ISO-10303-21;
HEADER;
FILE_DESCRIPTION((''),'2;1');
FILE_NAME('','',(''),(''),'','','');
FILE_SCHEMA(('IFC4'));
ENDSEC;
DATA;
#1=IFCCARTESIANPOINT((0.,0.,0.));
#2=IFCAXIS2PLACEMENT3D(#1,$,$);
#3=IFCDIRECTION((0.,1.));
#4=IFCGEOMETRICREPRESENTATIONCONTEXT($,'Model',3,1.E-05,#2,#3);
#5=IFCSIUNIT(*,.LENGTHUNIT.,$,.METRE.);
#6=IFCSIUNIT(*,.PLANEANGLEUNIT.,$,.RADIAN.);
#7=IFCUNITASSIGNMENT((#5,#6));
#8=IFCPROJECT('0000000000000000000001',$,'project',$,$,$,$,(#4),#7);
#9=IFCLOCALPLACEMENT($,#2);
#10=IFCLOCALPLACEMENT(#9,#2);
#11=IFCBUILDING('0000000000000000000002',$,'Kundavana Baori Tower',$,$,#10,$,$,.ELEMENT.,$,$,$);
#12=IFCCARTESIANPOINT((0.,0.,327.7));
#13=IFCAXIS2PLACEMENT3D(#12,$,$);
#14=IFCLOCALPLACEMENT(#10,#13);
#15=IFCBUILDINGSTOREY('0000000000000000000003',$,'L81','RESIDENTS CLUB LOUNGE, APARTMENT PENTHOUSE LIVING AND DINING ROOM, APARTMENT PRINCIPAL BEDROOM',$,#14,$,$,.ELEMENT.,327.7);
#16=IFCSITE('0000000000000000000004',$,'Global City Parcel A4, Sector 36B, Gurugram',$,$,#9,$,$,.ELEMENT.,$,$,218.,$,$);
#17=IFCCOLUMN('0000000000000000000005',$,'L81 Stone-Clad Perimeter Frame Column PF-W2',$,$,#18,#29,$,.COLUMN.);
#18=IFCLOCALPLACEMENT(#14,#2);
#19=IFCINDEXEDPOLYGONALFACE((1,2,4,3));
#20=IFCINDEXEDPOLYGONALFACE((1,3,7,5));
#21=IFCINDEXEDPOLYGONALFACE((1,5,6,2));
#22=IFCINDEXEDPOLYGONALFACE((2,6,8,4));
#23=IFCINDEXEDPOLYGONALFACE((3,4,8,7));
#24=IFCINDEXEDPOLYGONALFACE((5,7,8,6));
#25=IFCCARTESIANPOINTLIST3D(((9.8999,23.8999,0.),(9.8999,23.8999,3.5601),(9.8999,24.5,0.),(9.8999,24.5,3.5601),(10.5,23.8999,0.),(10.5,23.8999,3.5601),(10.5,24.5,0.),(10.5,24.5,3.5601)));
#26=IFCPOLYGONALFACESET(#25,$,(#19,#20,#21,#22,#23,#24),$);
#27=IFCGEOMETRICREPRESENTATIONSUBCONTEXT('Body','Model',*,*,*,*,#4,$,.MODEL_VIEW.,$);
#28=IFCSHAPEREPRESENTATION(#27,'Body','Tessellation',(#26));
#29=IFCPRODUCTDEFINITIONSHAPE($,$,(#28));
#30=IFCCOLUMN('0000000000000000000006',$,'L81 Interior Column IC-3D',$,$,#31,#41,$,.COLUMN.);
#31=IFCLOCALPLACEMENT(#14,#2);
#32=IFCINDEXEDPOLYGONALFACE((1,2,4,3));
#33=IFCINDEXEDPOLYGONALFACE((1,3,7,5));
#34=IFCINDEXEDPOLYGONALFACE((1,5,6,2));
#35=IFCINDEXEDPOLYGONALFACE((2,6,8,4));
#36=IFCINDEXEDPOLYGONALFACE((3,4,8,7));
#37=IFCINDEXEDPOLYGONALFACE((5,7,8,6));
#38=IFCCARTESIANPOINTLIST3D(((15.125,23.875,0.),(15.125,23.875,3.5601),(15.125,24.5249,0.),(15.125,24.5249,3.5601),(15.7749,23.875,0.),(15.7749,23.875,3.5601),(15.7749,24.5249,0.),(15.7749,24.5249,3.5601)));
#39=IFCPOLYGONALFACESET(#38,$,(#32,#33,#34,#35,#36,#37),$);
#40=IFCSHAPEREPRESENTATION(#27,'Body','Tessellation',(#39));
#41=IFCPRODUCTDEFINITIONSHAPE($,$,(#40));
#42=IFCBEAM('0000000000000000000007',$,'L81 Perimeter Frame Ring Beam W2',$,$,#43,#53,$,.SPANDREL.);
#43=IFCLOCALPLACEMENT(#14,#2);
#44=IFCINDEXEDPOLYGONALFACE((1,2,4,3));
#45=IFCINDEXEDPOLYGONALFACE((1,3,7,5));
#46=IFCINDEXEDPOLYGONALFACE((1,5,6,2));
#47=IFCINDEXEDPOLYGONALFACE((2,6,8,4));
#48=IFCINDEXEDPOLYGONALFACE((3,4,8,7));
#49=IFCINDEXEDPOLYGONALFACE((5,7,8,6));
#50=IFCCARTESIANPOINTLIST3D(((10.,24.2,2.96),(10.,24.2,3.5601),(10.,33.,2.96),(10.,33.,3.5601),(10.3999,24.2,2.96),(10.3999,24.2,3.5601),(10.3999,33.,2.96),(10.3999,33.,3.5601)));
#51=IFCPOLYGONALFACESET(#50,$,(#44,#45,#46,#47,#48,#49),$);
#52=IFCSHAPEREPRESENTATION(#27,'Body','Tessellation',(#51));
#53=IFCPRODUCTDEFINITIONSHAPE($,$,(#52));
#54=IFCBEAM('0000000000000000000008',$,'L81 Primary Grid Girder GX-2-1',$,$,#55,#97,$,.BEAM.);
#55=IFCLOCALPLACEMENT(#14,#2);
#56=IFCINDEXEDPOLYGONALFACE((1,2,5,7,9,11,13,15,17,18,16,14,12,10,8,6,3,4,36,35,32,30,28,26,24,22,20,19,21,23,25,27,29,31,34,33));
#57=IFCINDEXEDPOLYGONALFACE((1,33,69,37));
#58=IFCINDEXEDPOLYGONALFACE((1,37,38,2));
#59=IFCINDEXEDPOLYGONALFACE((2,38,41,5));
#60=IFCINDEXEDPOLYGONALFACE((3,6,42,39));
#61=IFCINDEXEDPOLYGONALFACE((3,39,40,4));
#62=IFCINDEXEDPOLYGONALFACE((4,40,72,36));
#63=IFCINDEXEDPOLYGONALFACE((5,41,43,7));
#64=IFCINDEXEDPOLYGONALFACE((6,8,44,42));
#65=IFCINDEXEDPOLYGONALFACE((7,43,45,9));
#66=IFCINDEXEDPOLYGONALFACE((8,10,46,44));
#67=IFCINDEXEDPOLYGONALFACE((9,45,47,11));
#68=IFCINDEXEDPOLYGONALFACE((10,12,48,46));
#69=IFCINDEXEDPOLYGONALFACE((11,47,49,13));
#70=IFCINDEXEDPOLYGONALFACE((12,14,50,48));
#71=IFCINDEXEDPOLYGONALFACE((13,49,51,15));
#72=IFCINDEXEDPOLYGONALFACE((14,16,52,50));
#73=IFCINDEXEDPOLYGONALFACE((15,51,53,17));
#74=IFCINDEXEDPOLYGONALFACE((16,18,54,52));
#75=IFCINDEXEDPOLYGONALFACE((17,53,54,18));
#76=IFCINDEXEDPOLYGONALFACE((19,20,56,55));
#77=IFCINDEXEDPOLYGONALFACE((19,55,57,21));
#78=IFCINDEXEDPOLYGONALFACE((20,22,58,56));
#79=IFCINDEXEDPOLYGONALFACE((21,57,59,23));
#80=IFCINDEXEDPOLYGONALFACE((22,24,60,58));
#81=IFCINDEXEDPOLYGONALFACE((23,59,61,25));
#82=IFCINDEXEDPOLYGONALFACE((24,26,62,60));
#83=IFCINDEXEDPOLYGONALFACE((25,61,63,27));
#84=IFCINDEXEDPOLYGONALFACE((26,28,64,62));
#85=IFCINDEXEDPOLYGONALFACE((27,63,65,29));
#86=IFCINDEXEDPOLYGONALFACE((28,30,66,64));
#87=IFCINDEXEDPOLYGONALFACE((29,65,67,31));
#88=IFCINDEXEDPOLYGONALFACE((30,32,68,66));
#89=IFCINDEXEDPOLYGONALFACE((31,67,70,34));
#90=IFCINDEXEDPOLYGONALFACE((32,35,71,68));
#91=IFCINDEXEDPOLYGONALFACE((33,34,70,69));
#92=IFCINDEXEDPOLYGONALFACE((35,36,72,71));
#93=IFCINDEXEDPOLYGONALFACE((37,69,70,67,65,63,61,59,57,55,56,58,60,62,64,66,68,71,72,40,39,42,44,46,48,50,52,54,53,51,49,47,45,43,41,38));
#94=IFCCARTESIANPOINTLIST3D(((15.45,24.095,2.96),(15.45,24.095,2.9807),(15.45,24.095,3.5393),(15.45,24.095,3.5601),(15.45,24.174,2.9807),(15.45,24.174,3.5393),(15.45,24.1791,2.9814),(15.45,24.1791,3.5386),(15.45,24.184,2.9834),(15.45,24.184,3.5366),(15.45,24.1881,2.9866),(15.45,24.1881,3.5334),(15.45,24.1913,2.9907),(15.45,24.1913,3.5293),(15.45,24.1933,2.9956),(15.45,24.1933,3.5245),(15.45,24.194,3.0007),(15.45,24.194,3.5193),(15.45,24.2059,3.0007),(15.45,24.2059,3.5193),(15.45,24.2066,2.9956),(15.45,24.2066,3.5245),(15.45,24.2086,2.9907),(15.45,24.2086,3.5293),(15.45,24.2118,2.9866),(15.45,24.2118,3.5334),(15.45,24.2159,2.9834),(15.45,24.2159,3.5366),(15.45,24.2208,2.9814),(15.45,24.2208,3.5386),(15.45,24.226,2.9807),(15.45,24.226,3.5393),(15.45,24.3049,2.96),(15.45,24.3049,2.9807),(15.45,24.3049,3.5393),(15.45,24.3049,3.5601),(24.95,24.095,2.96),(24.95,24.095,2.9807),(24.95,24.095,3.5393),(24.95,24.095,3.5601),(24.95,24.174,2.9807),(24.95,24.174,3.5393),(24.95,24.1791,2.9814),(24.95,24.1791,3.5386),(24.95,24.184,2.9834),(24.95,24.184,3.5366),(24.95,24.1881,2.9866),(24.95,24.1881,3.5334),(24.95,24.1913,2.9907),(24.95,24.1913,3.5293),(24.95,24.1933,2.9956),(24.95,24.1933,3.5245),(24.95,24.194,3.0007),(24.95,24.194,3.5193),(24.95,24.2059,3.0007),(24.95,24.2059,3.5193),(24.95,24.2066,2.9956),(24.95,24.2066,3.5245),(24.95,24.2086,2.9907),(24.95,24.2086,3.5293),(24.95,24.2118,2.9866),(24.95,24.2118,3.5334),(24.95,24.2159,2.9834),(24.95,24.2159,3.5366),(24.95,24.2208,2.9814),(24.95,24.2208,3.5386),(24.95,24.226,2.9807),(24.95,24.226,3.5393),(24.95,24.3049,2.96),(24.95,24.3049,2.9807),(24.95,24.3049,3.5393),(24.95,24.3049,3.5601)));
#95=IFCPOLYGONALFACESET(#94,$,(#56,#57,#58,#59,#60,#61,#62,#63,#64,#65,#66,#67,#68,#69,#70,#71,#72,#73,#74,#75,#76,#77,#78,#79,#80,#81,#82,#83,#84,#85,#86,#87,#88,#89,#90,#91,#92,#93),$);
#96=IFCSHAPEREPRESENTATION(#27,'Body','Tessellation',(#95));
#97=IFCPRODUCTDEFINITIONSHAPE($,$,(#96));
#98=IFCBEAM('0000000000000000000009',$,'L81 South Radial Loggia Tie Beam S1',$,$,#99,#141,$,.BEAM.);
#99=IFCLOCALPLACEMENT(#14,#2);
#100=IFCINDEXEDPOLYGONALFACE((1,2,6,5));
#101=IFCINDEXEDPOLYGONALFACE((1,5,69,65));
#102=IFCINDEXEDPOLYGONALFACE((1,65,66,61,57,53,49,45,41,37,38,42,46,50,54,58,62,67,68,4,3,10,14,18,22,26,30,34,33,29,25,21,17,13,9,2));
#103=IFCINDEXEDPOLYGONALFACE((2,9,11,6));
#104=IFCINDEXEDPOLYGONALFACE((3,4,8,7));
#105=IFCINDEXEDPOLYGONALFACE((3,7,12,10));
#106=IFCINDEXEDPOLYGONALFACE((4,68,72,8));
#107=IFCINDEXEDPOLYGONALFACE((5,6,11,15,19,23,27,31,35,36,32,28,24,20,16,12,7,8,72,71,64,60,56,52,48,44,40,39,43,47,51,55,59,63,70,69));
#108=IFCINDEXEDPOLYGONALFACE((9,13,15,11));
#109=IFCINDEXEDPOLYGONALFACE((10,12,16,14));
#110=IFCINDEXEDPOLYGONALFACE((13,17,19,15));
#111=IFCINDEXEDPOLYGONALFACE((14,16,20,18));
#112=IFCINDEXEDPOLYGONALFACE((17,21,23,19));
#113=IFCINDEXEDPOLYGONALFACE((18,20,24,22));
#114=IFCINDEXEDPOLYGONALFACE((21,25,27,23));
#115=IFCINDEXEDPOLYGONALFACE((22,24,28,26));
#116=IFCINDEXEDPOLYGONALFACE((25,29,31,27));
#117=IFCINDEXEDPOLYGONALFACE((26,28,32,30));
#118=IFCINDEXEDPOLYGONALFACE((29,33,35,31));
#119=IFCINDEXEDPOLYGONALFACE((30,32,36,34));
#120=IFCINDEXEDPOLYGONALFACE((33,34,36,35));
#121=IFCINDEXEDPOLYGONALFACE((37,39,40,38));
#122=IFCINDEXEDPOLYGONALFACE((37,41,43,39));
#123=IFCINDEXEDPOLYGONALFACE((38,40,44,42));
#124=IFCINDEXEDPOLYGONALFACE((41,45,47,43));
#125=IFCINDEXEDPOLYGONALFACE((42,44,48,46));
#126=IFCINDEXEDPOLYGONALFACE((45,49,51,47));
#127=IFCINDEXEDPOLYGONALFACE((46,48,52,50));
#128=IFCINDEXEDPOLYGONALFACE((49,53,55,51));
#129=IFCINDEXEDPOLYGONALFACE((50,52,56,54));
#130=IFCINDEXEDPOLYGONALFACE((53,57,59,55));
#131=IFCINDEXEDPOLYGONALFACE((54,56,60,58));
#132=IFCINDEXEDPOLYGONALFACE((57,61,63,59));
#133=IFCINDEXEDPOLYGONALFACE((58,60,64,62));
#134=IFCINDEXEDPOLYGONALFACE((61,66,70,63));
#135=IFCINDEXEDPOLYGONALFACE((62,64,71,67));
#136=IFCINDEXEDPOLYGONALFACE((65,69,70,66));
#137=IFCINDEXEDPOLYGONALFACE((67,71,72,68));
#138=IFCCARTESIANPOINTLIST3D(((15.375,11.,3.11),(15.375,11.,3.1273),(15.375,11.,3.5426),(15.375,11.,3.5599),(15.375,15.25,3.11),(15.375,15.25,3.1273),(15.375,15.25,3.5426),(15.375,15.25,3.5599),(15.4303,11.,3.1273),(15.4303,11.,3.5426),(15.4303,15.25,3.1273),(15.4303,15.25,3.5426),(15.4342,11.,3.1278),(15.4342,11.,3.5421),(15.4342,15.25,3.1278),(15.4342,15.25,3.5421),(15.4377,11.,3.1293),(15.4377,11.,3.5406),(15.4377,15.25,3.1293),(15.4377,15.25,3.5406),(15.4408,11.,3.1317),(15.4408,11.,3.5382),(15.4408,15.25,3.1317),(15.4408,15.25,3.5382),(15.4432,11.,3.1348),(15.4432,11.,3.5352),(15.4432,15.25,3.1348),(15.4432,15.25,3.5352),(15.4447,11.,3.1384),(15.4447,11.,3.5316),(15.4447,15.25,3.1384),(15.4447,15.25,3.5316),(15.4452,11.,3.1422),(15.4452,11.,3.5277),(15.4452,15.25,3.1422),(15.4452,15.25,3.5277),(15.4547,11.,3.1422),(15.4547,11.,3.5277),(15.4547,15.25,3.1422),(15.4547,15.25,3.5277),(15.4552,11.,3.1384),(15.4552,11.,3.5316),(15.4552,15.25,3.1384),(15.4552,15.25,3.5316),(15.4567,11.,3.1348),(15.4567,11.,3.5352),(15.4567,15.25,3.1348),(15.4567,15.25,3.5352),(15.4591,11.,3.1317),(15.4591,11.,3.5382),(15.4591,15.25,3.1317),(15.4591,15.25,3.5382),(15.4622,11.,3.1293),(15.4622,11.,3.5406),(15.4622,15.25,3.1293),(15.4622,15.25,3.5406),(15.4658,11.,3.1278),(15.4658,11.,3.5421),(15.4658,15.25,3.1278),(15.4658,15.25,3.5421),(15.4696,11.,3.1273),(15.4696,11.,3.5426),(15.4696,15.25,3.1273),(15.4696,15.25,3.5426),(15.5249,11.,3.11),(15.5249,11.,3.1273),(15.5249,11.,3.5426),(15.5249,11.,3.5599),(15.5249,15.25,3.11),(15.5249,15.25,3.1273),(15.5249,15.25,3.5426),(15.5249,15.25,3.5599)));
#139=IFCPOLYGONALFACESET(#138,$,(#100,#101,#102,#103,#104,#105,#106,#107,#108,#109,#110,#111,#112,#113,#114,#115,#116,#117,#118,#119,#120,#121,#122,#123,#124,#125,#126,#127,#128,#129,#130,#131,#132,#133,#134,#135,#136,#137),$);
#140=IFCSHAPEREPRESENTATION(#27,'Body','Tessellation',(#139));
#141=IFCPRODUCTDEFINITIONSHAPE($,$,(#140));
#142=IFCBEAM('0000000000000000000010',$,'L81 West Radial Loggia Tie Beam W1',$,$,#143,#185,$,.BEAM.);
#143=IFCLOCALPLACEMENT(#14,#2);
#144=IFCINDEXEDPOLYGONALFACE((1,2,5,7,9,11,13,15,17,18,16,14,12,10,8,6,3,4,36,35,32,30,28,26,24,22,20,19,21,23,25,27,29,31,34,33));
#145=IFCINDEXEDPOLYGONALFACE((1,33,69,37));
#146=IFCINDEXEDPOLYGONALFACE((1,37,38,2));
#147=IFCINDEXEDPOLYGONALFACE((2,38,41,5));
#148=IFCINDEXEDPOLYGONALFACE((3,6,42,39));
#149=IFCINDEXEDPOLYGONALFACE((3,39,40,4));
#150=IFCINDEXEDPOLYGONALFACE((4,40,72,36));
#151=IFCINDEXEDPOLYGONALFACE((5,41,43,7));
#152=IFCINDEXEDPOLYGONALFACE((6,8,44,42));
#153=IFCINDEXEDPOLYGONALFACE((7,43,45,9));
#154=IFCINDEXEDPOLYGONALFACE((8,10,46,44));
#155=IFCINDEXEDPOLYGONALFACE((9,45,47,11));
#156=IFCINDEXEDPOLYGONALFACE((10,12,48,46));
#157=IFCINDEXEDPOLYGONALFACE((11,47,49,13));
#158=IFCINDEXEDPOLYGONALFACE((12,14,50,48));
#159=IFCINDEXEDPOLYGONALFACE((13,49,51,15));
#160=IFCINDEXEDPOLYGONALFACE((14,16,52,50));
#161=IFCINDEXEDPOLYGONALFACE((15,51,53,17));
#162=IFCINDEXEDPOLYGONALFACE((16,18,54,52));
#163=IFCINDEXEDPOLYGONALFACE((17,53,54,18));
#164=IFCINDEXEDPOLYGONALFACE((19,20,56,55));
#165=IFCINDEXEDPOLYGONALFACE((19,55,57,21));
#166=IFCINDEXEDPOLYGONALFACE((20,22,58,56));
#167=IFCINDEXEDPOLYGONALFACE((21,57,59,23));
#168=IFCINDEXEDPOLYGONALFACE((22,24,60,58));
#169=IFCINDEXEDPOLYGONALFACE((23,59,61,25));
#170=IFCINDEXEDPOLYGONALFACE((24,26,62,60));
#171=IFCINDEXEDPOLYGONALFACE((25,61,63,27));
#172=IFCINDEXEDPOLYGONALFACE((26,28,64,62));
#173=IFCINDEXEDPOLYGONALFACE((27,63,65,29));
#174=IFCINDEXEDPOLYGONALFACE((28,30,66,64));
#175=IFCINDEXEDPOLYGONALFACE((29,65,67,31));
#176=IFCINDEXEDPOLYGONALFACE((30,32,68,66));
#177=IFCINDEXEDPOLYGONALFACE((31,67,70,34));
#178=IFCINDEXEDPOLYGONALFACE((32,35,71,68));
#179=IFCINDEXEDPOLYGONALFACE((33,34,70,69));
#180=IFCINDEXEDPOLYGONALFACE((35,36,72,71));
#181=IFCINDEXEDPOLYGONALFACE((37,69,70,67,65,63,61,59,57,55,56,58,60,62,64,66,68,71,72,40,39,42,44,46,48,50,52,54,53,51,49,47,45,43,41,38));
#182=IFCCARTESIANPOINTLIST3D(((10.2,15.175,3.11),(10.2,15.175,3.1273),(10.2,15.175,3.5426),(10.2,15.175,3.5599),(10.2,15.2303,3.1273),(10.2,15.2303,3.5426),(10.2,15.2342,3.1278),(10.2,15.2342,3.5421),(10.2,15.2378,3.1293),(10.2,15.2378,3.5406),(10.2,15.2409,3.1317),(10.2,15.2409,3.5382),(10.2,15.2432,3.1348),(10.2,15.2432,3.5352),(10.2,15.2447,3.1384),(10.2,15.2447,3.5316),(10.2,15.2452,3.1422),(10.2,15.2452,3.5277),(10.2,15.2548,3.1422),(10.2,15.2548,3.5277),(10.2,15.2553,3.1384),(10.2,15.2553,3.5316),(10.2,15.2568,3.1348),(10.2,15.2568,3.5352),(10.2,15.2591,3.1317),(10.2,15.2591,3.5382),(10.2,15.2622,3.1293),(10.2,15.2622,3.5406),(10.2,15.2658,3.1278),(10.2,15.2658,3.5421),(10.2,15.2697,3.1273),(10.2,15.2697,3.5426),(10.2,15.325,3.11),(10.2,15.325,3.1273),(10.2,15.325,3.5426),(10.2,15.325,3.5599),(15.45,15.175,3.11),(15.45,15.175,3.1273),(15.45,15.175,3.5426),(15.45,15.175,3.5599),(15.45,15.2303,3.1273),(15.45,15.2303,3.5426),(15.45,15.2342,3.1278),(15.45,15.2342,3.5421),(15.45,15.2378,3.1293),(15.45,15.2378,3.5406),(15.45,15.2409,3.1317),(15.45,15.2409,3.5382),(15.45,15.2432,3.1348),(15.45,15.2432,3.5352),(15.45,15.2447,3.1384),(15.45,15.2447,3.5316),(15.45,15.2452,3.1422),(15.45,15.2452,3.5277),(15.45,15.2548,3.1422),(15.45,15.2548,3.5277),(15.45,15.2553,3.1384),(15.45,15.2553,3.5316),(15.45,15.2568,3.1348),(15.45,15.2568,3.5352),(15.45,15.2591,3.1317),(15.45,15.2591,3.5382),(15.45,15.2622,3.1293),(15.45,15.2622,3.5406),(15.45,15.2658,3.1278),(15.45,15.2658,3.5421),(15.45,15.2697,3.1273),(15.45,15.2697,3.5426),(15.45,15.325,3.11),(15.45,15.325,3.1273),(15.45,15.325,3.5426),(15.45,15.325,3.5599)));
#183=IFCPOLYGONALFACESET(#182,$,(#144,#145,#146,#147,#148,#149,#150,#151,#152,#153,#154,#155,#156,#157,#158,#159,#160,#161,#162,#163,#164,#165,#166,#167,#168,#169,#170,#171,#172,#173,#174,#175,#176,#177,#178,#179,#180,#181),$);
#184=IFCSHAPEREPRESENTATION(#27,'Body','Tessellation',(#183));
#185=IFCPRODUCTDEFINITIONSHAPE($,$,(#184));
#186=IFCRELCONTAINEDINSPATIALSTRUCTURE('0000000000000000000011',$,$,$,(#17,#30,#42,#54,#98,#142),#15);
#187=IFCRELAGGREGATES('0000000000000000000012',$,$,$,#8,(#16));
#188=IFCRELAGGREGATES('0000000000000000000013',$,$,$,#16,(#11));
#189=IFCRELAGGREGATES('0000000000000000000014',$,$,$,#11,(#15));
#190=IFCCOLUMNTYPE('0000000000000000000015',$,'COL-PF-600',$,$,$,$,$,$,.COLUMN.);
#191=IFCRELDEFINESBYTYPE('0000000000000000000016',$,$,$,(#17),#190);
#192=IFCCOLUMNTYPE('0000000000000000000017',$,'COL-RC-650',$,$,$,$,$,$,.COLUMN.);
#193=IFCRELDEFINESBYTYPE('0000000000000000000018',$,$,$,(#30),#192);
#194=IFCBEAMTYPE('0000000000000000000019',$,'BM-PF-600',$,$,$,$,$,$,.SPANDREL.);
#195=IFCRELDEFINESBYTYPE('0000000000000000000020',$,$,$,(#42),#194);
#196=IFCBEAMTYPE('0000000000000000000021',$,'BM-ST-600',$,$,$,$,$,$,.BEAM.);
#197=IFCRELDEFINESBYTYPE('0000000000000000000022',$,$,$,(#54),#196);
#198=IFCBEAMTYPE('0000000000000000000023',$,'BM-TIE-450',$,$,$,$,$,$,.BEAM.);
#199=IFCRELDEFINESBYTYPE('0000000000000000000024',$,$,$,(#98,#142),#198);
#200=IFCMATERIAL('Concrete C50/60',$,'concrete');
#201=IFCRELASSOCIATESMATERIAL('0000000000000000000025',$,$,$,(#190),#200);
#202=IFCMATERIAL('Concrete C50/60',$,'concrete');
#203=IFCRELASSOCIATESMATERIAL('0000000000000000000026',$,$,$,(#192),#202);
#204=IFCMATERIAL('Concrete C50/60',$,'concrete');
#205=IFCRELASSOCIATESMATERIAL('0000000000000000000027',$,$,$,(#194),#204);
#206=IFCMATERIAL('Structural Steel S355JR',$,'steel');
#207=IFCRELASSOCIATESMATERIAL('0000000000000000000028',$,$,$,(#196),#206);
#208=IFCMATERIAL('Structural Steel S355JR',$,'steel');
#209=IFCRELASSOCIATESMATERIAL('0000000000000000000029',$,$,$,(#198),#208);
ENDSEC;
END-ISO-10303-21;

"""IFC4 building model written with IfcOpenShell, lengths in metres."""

from ifc_helpers import new_model, si_unit, direction, frame, origin, origin_2d, place, context, subcontext, project, spatial, rectangle, i_section, extrude, material, material_profile, profile_set, type_object, element, save


model = new_model("IFC4")

# Units and contexts
model_context = context("Model", 3, precision=1e-05, world=origin(), true_north=direction((0.0, 1.0)))
body_context = subcontext(model_context, "Body", "Model", "MODEL_VIEW")
ifc_project = project(units=[si_unit("LENGTHUNIT", "METRE"), si_unit("PLANEANGLEUNIT", "RADIAN")], contexts=[model_context])

# Site, building, storey
site_placement = place(None, origin())
site = spatial("IfcSite", under=ifc_project, at=site_placement, Name="Global City Parcel A4, Sector 36B, Gurugram", CompositionType="ELEMENT", RefElevation=218.0)
building_placement = place(site_placement, origin())
building = spatial("IfcBuilding", under=site, at=building_placement, Name="Kundavana Baori Tower", CompositionType="ELEMENT")
storey_placement = place(building_placement, frame((0.0, 0.0, 327.7)))
storey = spatial("IfcBuildingStorey", under=building, at=storey_placement, Name="L81", Description="RESIDENTS CLUB LOUNGE, APARTMENT PENTHOUSE LIVING AND DINING ROOM, APARTMENT PRINCIPAL BEDROOM", CompositionType="ELEMENT", Elevation=327.7)

# Columns
ifc_material_1 = material(Name="Concrete C50/60", Category="concrete")
ifc_material_profile_1 = material_profile(ifc_material_1, rectangle(XDim=0.6001, YDim=0.6001, at=origin_2d()), Name="RC PF 600x600")
ifc_profile_set_1 = profile_set([ifc_material_profile_1], Name="Concrete C50/60")
column_type_1 = type_object("IfcColumnType", Name="COL-PF-600", PredefinedType="COLUMN", material=ifc_profile_set_1)
column_1_placement = place(storey_placement, frame((10.2, 24.2, 0.0), z_axis=(0.0, 0.0, 1.0), x_axis=(1.0, 0.0, 0.0)))
element("IfcColumn", 1, at=column_1_placement, inside=storey, type_object=column_type_1, Name="L81 Stone-Clad Perimeter Frame Column PF-W2", PredefinedType="COLUMN", context=body_context, shape_type="SweptSolid", body=[
    extrude(rectangle(XDim=0.6001, YDim=0.6001, at=origin_2d()), origin(), (0.0, 0.0, 1.0), 3.5601),
])
ifc_material_2 = material(Name="Concrete C50/60", Category="concrete")
ifc_material_profile_2 = material_profile(ifc_material_2, rectangle(XDim=0.6499, YDim=0.6499, at=origin_2d()), Name="RC 650x650")
ifc_profile_set_2 = profile_set([ifc_material_profile_2], Name="Concrete C50/60")
column_type_2 = type_object("IfcColumnType", Name="COL-RC-650", PredefinedType="COLUMN", material=ifc_profile_set_2)
column_2_placement = place(storey_placement, frame((15.45, 24.2, 0.0), z_axis=(0.0, 0.0, 1.0), x_axis=(1.0, 0.0, 0.0)))
element("IfcColumn", 2, at=column_2_placement, inside=storey, type_object=column_type_2, Name="L81 Interior Column IC-3D", PredefinedType="COLUMN", context=body_context, shape_type="SweptSolid", body=[
    extrude(rectangle(XDim=0.6499, YDim=0.6499, at=origin_2d()), origin(), (0.0, 0.0, 1.0), 3.5601),
])

# Beams
ifc_material_3 = material(Name="Concrete C50/60", Category="concrete")
ifc_material_profile_3 = material_profile(ifc_material_3, rectangle(XDim=0.3999, YDim=0.6001, at=origin_2d()), Name="RC BM 400x600")
ifc_profile_set_3 = profile_set([ifc_material_profile_3], Name="Concrete C50/60")
beam_type_1 = type_object("IfcBeamType", Name="BM-PF-600", PredefinedType="SPANDREL", material=ifc_profile_set_3)
beam_1_placement = place(storey_placement, frame((10.2, 24.2, 3.26), z_axis=(0.0, 1.0, 0.0), x_axis=(-1.0, 0.0, 0.0)))
element("IfcBeam", 3, at=beam_1_placement, inside=storey, type_object=beam_type_1, Name="L81 Perimeter Frame Ring Beam W2", PredefinedType="SPANDREL", context=body_context, shape_type="SweptSolid", body=[
    extrude(rectangle(XDim=0.3999, YDim=0.6001, at=origin_2d()), origin(), (0.0, 0.0, 1.0), 8.8),
])
ifc_material_4 = material(Name="Structural Steel S355JR", Category="steel")
ifc_material_profile_4 = material_profile(ifc_material_4, i_section(OverallWidth=0.21, OverallDepth=0.6001, WebThickness=0.012, FlangeThickness=0.0208, FilletRadius=0.02, at=origin_2d()), Name="ISMB 600")
ifc_profile_set_4 = profile_set([ifc_material_profile_4], Name="Structural Steel S355JR")
beam_type_2 = type_object("IfcBeamType", Name="BM-ST-600", PredefinedType="BEAM", material=ifc_profile_set_4)
beam_2_placement = place(storey_placement, frame((15.45, 24.2, 3.26), z_axis=(1.0, 0.0, 0.0), x_axis=(0.0, 1.0, 0.0)))
element("IfcBeam", 4, at=beam_2_placement, inside=storey, type_object=beam_type_2, Name="L81 Primary Grid Girder GX-2-1", PredefinedType="BEAM", context=body_context, shape_type="SweptSolid", body=[
    extrude(i_section(OverallWidth=0.21, OverallDepth=0.6001, WebThickness=0.012, FlangeThickness=0.0208, FilletRadius=0.02, at=origin_2d()), origin(), (0.0, 0.0, 1.0), 9.5),
])
ifc_material_5 = material(Name="Structural Steel S355JR", Category="steel")
ifc_material_profile_5 = material_profile(ifc_material_5, i_section(OverallWidth=0.1499, OverallDepth=0.45, WebThickness=0.0095, FlangeThickness=0.0173, FilletRadius=0.0149, at=origin_2d()), Name="ISMB 450")
ifc_profile_set_5 = profile_set([ifc_material_profile_5], Name="Structural Steel S355JR")
beam_type_3 = type_object("IfcBeamType", Name="BM-TIE-450", PredefinedType="BEAM", material=ifc_profile_set_5)
beam_3_placement = place(storey_placement, frame((15.45, 15.25, 3.335), z_axis=(0.0, -1.0, 0.0), x_axis=(1.0, 0.0, 0.0)))
element("IfcBeam", 5, at=beam_3_placement, inside=storey, type_object=beam_type_3, Name="L81 South Radial Loggia Tie Beam S1", PredefinedType="BEAM", context=body_context, shape_type="SweptSolid", body=[
    extrude(i_section(OverallWidth=0.1499, OverallDepth=0.45, WebThickness=0.0095, FlangeThickness=0.0173, FilletRadius=0.0149, at=origin_2d()), origin(), (0.0, 0.0, 1.0), 4.25),
])
for number, where, z_axis, x_axis, name in (
    (6, (15.45, 15.25, 3.335), (-1.0, 0.0, 0.0), (0.0, -1.0, 0.0), "L81 West Radial Loggia Tie Beam W1"),
):
    element("IfcBeam", number, at=place(storey_placement, frame(where, z_axis=z_axis, x_axis=x_axis)), inside=storey, type_object=beam_type_3, Name=name, PredefinedType="BEAM", context=body_context, shape_type="SweptSolid", body=[
        extrude(i_section(OverallWidth=0.1499, OverallDepth=0.45, WebThickness=0.0095, FlangeThickness=0.0173, FilletRadius=0.0149, at=origin_2d()), origin(), (0.0, 0.0, 1.0), 5.25),
    ])

save(model, "model.ifc")
